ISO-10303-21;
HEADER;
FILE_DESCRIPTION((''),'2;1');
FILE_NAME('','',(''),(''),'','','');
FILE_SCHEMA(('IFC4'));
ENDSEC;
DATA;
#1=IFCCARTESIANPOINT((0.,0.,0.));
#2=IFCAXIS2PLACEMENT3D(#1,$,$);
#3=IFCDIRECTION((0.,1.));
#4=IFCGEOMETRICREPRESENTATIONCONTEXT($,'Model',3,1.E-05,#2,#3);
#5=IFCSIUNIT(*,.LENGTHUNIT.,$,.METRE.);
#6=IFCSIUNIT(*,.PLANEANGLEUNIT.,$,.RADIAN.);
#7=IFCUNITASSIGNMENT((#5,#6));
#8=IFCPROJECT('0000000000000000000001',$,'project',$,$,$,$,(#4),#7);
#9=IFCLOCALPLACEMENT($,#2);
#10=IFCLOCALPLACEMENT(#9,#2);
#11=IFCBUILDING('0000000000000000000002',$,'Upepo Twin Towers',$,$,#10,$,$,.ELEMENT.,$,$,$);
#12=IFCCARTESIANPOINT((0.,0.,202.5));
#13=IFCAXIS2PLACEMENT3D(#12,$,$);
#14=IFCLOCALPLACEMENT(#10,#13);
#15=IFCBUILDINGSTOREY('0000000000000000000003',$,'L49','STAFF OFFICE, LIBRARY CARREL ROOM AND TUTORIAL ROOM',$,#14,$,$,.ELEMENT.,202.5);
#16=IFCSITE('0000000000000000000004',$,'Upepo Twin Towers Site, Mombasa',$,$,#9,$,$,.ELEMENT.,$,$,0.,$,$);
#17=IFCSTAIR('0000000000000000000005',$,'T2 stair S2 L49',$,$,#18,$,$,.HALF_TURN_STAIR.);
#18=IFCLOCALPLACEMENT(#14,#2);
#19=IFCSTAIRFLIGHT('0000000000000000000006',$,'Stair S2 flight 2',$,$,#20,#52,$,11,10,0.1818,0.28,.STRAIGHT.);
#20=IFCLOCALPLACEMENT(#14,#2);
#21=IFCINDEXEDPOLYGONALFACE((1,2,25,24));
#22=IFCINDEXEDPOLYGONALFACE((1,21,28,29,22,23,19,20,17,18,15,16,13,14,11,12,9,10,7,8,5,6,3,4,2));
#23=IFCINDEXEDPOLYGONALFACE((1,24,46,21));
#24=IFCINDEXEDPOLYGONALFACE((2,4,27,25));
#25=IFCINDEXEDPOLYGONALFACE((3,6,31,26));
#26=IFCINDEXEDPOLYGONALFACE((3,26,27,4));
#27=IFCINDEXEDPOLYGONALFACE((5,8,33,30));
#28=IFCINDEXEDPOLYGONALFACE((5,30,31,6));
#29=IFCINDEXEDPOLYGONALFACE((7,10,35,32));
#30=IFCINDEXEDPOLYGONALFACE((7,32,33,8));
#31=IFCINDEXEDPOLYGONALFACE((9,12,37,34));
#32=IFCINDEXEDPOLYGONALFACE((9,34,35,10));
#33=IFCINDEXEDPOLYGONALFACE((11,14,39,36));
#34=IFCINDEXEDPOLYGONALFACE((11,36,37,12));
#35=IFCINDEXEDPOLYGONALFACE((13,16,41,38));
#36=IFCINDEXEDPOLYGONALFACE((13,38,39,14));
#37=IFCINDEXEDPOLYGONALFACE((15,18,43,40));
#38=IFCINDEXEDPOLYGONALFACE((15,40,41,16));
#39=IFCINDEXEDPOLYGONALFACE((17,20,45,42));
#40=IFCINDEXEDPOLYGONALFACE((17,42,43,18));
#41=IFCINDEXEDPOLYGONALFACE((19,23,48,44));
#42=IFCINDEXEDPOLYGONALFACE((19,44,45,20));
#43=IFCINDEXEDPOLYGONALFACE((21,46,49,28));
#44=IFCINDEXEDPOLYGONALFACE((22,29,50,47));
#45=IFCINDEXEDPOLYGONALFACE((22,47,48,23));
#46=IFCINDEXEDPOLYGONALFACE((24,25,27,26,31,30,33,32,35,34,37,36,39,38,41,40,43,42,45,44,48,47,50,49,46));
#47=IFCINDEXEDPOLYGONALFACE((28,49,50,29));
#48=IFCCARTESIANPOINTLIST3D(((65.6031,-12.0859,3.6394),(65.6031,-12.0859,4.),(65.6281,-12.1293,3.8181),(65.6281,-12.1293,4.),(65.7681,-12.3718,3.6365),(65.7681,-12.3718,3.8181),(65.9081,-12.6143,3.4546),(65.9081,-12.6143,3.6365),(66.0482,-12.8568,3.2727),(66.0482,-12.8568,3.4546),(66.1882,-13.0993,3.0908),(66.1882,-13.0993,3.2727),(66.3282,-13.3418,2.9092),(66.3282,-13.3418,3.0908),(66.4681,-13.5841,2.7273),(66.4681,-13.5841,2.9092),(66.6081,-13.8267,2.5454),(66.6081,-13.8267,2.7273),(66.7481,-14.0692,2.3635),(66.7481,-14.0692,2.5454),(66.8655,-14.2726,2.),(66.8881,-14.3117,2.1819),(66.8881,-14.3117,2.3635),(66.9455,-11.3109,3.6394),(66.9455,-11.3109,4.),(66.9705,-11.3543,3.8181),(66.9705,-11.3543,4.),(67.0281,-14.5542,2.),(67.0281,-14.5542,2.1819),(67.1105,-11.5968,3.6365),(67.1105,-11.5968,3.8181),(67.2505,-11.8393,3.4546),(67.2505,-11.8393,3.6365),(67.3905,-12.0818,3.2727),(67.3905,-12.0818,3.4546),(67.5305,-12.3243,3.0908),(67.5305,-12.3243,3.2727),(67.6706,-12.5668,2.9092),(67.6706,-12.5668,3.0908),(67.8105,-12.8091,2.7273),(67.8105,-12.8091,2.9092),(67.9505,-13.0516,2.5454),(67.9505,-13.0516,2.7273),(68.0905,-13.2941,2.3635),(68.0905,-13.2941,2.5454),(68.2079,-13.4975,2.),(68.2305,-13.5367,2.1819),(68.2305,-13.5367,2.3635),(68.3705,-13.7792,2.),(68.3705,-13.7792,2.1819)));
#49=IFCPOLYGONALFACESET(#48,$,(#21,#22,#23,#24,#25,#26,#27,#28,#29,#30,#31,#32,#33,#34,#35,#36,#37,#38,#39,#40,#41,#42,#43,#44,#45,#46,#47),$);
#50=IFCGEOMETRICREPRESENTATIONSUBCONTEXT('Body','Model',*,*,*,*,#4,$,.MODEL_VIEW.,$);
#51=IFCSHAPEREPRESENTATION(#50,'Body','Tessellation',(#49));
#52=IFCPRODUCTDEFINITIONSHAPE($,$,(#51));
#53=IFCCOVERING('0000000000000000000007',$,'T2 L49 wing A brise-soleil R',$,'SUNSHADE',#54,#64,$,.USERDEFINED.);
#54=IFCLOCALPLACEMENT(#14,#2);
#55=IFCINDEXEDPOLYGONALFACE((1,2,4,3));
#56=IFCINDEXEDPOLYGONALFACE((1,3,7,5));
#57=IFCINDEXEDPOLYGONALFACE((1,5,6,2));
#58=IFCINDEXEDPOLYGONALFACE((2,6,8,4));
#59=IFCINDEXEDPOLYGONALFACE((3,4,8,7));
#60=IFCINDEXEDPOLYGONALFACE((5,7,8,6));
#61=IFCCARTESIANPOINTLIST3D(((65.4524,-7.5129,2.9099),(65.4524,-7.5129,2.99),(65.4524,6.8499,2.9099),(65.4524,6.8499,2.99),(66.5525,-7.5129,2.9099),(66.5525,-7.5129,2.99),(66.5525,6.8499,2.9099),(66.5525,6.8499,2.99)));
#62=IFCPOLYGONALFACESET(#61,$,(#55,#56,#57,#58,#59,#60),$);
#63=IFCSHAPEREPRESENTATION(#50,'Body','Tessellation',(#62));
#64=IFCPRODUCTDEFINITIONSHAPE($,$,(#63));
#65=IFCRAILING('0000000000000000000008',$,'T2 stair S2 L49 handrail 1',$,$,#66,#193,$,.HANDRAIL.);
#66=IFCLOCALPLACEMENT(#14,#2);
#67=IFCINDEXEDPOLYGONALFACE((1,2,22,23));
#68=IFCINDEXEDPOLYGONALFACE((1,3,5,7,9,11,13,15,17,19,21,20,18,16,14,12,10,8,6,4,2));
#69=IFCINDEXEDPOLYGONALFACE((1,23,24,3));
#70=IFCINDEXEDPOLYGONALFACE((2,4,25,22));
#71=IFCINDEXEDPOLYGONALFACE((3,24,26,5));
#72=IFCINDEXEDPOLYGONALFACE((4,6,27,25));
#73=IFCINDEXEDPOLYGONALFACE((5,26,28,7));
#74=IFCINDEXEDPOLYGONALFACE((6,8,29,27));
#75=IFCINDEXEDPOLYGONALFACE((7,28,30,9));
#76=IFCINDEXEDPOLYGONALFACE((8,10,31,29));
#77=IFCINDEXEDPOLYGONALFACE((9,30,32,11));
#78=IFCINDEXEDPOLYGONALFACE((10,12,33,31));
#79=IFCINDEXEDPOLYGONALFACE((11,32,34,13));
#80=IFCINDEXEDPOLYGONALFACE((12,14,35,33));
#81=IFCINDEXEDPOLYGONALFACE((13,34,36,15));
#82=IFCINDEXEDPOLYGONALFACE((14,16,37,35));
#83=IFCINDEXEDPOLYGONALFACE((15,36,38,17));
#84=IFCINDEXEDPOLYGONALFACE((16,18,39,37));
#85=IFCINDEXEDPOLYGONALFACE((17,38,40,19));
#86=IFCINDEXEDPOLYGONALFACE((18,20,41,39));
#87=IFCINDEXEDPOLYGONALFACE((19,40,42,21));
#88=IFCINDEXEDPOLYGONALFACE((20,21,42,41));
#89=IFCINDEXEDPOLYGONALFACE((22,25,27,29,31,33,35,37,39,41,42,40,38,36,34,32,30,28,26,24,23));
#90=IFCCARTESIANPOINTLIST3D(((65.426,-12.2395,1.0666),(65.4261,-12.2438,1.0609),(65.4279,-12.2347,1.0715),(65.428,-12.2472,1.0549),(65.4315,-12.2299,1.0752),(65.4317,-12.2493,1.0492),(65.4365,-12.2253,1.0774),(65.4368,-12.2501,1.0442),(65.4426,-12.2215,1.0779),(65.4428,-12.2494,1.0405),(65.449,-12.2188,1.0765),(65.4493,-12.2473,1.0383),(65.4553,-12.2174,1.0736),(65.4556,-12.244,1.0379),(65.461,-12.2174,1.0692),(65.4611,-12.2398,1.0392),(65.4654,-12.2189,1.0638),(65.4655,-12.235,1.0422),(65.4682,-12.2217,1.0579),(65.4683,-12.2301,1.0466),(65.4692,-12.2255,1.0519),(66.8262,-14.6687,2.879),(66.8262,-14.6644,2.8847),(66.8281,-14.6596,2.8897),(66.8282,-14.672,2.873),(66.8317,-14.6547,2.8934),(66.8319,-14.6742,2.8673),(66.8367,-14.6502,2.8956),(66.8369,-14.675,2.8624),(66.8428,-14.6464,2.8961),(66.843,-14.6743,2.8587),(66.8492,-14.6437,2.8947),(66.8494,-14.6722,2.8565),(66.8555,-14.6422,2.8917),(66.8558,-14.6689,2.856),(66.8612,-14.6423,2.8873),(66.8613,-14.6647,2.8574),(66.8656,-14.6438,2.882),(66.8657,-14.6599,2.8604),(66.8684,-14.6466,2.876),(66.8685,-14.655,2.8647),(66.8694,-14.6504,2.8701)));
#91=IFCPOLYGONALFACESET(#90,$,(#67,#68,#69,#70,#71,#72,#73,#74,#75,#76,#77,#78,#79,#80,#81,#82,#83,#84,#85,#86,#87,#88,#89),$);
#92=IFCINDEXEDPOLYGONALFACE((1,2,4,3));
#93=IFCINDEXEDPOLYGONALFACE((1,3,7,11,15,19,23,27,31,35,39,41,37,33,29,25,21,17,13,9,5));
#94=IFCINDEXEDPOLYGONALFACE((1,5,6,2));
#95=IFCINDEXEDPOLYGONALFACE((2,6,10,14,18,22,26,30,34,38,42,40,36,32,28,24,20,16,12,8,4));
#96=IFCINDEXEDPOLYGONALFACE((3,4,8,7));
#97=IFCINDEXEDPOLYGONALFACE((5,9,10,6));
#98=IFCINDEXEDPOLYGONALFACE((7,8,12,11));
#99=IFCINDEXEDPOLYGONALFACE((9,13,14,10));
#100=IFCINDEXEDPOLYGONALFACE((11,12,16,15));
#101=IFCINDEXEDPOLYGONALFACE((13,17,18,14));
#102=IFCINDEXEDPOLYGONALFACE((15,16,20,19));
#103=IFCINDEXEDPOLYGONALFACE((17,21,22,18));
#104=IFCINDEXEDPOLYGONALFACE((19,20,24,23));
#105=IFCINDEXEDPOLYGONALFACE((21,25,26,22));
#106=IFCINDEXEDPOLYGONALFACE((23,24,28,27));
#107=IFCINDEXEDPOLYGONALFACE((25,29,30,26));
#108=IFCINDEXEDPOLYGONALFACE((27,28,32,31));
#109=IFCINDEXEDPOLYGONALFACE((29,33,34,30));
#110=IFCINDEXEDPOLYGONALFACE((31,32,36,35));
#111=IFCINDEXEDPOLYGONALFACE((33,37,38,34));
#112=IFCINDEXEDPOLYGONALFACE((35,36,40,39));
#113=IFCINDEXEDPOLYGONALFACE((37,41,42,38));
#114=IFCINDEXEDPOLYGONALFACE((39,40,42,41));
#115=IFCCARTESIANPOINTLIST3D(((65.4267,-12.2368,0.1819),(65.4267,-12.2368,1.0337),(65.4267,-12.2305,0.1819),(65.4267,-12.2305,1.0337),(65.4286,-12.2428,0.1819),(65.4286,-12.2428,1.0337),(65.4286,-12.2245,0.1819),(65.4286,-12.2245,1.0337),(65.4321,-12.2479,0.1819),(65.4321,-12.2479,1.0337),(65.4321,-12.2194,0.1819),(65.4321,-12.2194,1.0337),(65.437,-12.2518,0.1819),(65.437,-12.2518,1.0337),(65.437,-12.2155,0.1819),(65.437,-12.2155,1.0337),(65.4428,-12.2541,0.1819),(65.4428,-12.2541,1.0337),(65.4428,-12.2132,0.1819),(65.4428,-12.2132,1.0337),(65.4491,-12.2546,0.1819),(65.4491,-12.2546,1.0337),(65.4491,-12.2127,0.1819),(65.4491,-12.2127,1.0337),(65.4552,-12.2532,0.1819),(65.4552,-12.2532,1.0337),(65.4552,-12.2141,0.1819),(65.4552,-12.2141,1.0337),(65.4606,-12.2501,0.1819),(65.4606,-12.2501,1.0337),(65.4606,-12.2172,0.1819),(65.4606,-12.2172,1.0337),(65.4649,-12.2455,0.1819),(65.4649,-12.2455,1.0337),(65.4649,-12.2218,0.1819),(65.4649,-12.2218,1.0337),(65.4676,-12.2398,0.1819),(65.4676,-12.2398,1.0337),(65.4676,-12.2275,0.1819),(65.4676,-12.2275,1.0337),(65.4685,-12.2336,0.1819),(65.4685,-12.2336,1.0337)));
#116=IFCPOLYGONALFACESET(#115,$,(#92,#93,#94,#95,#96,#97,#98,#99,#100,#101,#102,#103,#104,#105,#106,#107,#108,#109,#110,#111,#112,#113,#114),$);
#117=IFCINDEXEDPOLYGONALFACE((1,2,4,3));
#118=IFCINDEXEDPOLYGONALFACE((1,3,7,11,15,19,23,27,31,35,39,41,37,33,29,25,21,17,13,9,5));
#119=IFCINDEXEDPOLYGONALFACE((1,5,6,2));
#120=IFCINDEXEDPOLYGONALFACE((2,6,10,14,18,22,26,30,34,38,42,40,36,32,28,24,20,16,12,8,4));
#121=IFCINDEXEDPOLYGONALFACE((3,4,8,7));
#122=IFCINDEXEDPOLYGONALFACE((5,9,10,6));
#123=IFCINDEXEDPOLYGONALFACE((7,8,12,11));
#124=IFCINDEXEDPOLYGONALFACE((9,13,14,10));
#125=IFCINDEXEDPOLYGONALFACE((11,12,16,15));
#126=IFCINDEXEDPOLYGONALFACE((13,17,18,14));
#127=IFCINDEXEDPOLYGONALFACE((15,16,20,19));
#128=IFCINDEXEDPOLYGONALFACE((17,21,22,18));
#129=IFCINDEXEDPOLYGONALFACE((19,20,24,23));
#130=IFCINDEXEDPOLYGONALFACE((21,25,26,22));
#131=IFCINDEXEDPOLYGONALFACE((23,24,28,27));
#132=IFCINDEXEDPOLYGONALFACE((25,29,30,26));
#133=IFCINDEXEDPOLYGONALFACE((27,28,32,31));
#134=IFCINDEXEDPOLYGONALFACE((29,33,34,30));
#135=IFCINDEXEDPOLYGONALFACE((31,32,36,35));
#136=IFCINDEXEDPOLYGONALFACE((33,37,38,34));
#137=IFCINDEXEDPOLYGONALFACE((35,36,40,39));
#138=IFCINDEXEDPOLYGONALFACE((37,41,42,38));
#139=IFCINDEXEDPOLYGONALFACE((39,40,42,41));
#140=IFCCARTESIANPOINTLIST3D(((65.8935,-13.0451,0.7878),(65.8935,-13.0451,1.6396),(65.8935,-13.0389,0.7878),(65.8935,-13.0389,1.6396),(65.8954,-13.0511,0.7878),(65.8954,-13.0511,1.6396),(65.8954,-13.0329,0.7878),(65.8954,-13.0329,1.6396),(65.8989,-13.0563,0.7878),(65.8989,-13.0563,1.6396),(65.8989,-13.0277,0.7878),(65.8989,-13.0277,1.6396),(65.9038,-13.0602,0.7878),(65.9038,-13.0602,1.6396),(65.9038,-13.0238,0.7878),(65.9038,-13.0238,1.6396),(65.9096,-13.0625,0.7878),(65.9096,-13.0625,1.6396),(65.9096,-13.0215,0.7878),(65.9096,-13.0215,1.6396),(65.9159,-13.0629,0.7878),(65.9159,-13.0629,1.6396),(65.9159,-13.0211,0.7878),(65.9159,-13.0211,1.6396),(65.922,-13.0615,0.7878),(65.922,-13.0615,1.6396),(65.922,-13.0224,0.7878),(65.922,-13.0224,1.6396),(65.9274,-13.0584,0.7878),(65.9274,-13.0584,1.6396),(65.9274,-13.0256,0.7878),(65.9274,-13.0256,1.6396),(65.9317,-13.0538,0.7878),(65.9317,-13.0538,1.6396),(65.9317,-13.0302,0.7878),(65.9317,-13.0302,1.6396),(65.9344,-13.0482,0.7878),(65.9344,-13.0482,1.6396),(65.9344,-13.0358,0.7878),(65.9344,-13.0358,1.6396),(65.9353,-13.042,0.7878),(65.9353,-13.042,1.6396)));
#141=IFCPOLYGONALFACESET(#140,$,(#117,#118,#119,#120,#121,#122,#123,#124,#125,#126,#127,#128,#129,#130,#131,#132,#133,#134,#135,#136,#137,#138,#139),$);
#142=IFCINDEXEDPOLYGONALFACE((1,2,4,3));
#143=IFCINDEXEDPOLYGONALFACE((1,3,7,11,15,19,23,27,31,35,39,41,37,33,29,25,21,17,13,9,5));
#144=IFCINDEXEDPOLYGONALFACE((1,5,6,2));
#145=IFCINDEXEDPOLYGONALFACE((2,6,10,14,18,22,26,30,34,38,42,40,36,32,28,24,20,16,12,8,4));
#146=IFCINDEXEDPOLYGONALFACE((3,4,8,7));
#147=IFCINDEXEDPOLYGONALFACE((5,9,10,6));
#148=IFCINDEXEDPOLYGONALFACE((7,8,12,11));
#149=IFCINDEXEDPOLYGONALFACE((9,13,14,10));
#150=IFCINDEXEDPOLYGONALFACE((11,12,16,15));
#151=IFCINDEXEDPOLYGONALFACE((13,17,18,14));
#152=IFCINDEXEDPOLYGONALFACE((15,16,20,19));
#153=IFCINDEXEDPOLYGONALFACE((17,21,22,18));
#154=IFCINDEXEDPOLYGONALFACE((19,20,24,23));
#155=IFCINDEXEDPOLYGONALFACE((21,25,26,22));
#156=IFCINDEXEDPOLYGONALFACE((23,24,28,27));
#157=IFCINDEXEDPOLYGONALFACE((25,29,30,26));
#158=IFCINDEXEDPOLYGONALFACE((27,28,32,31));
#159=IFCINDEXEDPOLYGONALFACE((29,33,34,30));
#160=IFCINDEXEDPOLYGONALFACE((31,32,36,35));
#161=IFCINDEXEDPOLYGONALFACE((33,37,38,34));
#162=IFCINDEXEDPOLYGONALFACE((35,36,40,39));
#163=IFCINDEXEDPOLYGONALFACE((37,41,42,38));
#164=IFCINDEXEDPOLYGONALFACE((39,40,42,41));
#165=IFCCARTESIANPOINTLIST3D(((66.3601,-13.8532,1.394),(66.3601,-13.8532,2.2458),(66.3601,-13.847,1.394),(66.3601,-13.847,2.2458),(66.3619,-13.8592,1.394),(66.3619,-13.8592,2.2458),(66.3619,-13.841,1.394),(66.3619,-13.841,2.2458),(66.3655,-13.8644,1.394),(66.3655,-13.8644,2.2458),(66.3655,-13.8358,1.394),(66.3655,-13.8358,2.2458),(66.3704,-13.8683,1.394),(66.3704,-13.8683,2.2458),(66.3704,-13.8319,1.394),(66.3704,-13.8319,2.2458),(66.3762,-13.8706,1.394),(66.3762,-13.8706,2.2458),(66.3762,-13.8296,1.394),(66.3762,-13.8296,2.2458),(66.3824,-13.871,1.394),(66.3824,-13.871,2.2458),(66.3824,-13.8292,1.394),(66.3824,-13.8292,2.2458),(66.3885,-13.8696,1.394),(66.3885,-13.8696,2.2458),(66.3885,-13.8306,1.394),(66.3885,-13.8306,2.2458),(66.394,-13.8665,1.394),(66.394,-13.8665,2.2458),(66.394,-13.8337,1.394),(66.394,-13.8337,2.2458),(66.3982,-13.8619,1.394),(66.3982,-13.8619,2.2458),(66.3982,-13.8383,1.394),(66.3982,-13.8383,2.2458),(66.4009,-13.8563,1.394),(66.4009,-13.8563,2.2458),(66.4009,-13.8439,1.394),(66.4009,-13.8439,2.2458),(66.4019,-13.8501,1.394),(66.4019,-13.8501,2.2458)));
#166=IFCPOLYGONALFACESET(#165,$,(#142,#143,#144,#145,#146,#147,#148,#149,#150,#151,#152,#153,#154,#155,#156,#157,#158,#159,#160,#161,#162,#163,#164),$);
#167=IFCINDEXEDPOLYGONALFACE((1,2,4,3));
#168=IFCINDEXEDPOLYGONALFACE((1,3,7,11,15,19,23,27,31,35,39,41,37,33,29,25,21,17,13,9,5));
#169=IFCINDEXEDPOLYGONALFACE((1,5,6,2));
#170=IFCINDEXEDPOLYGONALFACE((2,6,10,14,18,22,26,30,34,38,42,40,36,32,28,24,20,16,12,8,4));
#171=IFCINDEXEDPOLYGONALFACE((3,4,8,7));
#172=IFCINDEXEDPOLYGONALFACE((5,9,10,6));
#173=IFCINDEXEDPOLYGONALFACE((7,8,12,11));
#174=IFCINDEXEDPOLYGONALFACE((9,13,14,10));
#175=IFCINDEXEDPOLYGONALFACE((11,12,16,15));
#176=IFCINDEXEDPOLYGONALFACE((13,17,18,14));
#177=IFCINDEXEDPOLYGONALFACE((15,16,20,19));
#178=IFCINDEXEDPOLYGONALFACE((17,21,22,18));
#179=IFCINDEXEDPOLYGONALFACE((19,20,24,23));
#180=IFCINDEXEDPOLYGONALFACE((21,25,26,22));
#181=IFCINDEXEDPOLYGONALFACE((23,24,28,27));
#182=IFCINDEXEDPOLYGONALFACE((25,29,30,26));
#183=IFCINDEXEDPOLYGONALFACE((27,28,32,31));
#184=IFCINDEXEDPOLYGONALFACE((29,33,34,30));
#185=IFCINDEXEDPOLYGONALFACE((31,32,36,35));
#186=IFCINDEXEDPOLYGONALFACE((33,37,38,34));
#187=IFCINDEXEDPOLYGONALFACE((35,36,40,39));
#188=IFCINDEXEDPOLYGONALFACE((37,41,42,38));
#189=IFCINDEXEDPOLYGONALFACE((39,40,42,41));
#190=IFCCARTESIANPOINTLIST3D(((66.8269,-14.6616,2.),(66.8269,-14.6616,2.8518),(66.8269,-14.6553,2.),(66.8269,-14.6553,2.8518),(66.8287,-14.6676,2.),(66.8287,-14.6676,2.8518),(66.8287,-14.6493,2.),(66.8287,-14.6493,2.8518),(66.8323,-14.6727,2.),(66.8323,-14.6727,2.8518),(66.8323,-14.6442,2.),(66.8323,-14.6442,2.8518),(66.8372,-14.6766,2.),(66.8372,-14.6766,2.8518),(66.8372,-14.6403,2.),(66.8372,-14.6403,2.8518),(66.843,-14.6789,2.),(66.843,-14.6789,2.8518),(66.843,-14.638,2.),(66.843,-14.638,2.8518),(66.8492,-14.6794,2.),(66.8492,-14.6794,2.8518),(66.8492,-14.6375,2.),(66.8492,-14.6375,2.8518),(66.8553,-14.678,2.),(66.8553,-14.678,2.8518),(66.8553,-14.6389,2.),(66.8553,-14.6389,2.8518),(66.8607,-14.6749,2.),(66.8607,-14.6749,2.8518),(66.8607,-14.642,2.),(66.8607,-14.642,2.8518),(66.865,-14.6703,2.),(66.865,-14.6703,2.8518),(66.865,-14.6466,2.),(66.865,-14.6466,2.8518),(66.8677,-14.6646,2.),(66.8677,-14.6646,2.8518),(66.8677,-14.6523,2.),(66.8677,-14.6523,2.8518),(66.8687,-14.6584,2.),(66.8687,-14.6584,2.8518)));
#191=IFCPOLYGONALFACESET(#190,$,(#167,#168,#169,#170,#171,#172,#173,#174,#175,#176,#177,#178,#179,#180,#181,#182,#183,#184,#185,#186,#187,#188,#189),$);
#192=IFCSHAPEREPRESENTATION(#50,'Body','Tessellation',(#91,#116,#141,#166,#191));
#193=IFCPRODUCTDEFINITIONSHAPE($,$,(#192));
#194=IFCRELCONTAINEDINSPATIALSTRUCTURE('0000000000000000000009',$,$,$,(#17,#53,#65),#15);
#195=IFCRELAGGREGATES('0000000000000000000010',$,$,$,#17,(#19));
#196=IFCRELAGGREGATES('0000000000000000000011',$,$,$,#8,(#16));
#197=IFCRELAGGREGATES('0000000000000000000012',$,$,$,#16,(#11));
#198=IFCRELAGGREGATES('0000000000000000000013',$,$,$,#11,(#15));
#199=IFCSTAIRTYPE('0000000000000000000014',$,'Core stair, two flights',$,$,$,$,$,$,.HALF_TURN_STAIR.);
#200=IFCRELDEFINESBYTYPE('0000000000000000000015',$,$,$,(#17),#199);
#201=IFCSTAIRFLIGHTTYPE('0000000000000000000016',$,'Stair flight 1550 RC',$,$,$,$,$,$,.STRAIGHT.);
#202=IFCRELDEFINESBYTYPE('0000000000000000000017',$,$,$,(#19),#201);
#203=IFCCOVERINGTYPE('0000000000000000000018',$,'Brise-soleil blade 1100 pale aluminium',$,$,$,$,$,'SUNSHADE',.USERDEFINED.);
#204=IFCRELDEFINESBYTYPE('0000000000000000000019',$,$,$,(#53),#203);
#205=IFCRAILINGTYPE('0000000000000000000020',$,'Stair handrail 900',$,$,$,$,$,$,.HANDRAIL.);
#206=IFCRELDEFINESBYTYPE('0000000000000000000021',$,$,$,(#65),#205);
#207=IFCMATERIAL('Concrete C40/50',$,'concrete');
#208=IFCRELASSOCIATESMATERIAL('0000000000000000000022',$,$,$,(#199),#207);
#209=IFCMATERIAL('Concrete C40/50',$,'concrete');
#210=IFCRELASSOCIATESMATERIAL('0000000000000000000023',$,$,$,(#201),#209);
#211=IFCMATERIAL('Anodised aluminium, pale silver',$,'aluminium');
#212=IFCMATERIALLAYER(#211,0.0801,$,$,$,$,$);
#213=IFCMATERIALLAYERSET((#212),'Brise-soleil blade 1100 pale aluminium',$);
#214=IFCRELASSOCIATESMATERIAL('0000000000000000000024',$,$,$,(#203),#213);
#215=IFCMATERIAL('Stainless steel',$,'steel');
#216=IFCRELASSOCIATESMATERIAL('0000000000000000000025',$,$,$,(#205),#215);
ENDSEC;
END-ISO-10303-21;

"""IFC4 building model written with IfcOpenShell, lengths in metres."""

from ifc_helpers import new_model, si_unit, direction, frame, origin, origin_2d, place, context, subcontext, project, spatial, polyline, rectangle, circle, outline, extrude, material, layer, layer_set, type_object, element, aggregate, save


model = new_model("IFC4")

# Units and contexts
model_context = context("Model", 3, precision=1e-05, world=origin(), true_north=direction((0.0, 1.0)))
body_context = subcontext(model_context, "Body", "Model", "MODEL_VIEW")
ifc_project = project(units=[si_unit("LENGTHUNIT", "METRE"), si_unit("PLANEANGLEUNIT", "RADIAN")], contexts=[model_context])

# Site, building, storey
site_placement = place(None, origin())
site = spatial("IfcSite", under=ifc_project, at=site_placement, Name="Upepo Twin Towers Site, Mombasa", CompositionType="ELEMENT", RefElevation=0.0)
building_placement = place(site_placement, origin())
building = spatial("IfcBuilding", under=site, at=building_placement, Name="Upepo Twin Towers", CompositionType="ELEMENT")
storey_placement = place(building_placement, frame((0.0, 0.0, 202.5)))
storey = spatial("IfcBuildingStorey", under=building, at=storey_placement, Name="L49", Description="STAFF OFFICE, LIBRARY CARREL ROOM AND TUTORIAL ROOM", CompositionType="ELEMENT", Elevation=202.5)

# Stair, stair flight
ifc_material_1 = material(Name="Concrete C40/50", Category="concrete")
stair_type = type_object("IfcStairType", Name="Core stair, two flights", PredefinedType="HALF_TURN_STAIR", material=ifc_material_1)
stair_placement = place(storey_placement, origin())
stair = element("IfcStair", 1, at=stair_placement, inside=storey, type_object=stair_type, Name="T2 stair S2 L49", PredefinedType="HALF_TURN_STAIR")
ifc_material_2 = material(Name="Concrete C40/50", Category="concrete")
stair_flight_type = type_object("IfcStairFlightType", Name="Stair flight 1550 RC", PredefinedType="STRAIGHT", material=ifc_material_2)
stair_flight_1_placement = place(storey_placement, frame((67.6992, -14.1667, 2.0), z_axis=(0.0, 0.0, 1.0), x_axis=(-0.5, 0.866025, 0.0)))
stair_flight_1 = element("IfcStairFlight", 2, at=stair_flight_1_placement, type_object=stair_flight_type, Name="Stair S2 flight 2", NumberOfRisers=11, NumberOfTreads=10, PredefinedType="STRAIGHT", RiserHeight=0.1818, TreadLength=0.28, context=body_context, shape_type="SweptSolid", body=[
    extrude(outline(polyline([(0.0, 0.0), (0.0, 0.1819), (0.28, 0.1819), (0.28, 0.3635), (0.5601, 0.3635), (0.5601, 0.5454), (0.8401, 0.5454), (0.8401, 0.7273), (1.1201, 0.7273), (1.1201, 0.9092), (1.3999, 0.9092), (1.3999, 1.0908), (1.6799, 1.0908), (1.6799, 1.2727), (1.96, 1.2727), (1.96, 1.4546), (2.24, 1.4546), (2.24, 1.6365), (2.52, 1.6365), (2.52, 1.8181), (2.8, 1.8181), (2.8, 2.0), (2.8501, 2.0), (2.8501, 1.6394), (0.3252, 0.0), (0.0, 0.0)])), frame((0.0, 0.7749, 0.0), z_axis=(0.0, -1.0, 0.0), x_axis=(1.0, 0.0, 0.0)), (0.0, 0.0, 1.0), 1.55),
])
aggregate(stair, [stair_flight_1])

# Covering
ifc_material_3 = material(Name="Anodised aluminium, pale silver", Category="aluminium")
ifc_layer_1 = layer(ifc_material_3, 0.0801)
ifc_layer_set_1 = layer_set([ifc_layer_1], Name="Brise-soleil blade 1100 pale aluminium")
covering_type = type_object("IfcCoveringType", Name="Brise-soleil blade 1100 pale aluminium", ElementType="SUNSHADE", PredefinedType="USERDEFINED", material=ifc_layer_set_1)
covering_placement = place(storey_placement, frame((66.0024, -0.3315, 2.9099), z_axis=(0.0, 0.0, 1.0), x_axis=(0.0, 1.0, 0.0)))
element("IfcCovering", 3, at=covering_placement, inside=storey, type_object=covering_type, Name="T2 L49 wing A brise-soleil R", ObjectType="SUNSHADE", PredefinedType="USERDEFINED", context=body_context, shape_type="SweptSolid", body=[
    extrude(rectangle(XDim=14.3628, YDim=1.1001, at=origin_2d()), origin(), (0.0, 0.0, 1.0), 0.0801),
])

# Railing
ifc_material_4 = material(Name="Stainless steel", Category="steel")
railing_type = type_object("IfcRailingType", Name="Stair handrail 900", PredefinedType="HANDRAIL", material=ifc_material_4)
railing_1_placement = place(storey_placement, frame((65.4475, -12.2336, 0.1819)))
element("IfcRailing", 4, at=railing_1_placement, inside=storey, type_object=railing_type, Name="T2 stair S2 L49 handrail 1", PredefinedType="HANDRAIL", context=body_context, shape_type="SweptSolid", body=[
    extrude(circle(Radius=0.0239, at=origin_2d()), frame((0.0, 0.0, 0.876), z_axis=(0.419393, -0.726314, 0.544589), x_axis=(0.865997, 0.50005, 0.0)), (0.0, 0.0, 1.0), 3.3386),
    extrude(circle(Radius=0.021, at=origin_2d()), origin(), (0.0, 0.0, 1.0), 0.8518),
    extrude(circle(Radius=0.021, at=origin_2d()), frame((0.4668, -0.8083, 0.606)), (0.0, 0.0, 1.0), 0.8518),
    extrude(circle(Radius=0.021, at=origin_2d()), frame((0.9333, -1.6165, 1.2122)), (0.0, 0.0, 1.0), 0.8518),
    extrude(circle(Radius=0.021, at=origin_2d()), frame((1.4001, -2.4248, 1.8181)), (0.0, 0.0, 1.0), 0.8518),
])

save(model, "model.ifc")
